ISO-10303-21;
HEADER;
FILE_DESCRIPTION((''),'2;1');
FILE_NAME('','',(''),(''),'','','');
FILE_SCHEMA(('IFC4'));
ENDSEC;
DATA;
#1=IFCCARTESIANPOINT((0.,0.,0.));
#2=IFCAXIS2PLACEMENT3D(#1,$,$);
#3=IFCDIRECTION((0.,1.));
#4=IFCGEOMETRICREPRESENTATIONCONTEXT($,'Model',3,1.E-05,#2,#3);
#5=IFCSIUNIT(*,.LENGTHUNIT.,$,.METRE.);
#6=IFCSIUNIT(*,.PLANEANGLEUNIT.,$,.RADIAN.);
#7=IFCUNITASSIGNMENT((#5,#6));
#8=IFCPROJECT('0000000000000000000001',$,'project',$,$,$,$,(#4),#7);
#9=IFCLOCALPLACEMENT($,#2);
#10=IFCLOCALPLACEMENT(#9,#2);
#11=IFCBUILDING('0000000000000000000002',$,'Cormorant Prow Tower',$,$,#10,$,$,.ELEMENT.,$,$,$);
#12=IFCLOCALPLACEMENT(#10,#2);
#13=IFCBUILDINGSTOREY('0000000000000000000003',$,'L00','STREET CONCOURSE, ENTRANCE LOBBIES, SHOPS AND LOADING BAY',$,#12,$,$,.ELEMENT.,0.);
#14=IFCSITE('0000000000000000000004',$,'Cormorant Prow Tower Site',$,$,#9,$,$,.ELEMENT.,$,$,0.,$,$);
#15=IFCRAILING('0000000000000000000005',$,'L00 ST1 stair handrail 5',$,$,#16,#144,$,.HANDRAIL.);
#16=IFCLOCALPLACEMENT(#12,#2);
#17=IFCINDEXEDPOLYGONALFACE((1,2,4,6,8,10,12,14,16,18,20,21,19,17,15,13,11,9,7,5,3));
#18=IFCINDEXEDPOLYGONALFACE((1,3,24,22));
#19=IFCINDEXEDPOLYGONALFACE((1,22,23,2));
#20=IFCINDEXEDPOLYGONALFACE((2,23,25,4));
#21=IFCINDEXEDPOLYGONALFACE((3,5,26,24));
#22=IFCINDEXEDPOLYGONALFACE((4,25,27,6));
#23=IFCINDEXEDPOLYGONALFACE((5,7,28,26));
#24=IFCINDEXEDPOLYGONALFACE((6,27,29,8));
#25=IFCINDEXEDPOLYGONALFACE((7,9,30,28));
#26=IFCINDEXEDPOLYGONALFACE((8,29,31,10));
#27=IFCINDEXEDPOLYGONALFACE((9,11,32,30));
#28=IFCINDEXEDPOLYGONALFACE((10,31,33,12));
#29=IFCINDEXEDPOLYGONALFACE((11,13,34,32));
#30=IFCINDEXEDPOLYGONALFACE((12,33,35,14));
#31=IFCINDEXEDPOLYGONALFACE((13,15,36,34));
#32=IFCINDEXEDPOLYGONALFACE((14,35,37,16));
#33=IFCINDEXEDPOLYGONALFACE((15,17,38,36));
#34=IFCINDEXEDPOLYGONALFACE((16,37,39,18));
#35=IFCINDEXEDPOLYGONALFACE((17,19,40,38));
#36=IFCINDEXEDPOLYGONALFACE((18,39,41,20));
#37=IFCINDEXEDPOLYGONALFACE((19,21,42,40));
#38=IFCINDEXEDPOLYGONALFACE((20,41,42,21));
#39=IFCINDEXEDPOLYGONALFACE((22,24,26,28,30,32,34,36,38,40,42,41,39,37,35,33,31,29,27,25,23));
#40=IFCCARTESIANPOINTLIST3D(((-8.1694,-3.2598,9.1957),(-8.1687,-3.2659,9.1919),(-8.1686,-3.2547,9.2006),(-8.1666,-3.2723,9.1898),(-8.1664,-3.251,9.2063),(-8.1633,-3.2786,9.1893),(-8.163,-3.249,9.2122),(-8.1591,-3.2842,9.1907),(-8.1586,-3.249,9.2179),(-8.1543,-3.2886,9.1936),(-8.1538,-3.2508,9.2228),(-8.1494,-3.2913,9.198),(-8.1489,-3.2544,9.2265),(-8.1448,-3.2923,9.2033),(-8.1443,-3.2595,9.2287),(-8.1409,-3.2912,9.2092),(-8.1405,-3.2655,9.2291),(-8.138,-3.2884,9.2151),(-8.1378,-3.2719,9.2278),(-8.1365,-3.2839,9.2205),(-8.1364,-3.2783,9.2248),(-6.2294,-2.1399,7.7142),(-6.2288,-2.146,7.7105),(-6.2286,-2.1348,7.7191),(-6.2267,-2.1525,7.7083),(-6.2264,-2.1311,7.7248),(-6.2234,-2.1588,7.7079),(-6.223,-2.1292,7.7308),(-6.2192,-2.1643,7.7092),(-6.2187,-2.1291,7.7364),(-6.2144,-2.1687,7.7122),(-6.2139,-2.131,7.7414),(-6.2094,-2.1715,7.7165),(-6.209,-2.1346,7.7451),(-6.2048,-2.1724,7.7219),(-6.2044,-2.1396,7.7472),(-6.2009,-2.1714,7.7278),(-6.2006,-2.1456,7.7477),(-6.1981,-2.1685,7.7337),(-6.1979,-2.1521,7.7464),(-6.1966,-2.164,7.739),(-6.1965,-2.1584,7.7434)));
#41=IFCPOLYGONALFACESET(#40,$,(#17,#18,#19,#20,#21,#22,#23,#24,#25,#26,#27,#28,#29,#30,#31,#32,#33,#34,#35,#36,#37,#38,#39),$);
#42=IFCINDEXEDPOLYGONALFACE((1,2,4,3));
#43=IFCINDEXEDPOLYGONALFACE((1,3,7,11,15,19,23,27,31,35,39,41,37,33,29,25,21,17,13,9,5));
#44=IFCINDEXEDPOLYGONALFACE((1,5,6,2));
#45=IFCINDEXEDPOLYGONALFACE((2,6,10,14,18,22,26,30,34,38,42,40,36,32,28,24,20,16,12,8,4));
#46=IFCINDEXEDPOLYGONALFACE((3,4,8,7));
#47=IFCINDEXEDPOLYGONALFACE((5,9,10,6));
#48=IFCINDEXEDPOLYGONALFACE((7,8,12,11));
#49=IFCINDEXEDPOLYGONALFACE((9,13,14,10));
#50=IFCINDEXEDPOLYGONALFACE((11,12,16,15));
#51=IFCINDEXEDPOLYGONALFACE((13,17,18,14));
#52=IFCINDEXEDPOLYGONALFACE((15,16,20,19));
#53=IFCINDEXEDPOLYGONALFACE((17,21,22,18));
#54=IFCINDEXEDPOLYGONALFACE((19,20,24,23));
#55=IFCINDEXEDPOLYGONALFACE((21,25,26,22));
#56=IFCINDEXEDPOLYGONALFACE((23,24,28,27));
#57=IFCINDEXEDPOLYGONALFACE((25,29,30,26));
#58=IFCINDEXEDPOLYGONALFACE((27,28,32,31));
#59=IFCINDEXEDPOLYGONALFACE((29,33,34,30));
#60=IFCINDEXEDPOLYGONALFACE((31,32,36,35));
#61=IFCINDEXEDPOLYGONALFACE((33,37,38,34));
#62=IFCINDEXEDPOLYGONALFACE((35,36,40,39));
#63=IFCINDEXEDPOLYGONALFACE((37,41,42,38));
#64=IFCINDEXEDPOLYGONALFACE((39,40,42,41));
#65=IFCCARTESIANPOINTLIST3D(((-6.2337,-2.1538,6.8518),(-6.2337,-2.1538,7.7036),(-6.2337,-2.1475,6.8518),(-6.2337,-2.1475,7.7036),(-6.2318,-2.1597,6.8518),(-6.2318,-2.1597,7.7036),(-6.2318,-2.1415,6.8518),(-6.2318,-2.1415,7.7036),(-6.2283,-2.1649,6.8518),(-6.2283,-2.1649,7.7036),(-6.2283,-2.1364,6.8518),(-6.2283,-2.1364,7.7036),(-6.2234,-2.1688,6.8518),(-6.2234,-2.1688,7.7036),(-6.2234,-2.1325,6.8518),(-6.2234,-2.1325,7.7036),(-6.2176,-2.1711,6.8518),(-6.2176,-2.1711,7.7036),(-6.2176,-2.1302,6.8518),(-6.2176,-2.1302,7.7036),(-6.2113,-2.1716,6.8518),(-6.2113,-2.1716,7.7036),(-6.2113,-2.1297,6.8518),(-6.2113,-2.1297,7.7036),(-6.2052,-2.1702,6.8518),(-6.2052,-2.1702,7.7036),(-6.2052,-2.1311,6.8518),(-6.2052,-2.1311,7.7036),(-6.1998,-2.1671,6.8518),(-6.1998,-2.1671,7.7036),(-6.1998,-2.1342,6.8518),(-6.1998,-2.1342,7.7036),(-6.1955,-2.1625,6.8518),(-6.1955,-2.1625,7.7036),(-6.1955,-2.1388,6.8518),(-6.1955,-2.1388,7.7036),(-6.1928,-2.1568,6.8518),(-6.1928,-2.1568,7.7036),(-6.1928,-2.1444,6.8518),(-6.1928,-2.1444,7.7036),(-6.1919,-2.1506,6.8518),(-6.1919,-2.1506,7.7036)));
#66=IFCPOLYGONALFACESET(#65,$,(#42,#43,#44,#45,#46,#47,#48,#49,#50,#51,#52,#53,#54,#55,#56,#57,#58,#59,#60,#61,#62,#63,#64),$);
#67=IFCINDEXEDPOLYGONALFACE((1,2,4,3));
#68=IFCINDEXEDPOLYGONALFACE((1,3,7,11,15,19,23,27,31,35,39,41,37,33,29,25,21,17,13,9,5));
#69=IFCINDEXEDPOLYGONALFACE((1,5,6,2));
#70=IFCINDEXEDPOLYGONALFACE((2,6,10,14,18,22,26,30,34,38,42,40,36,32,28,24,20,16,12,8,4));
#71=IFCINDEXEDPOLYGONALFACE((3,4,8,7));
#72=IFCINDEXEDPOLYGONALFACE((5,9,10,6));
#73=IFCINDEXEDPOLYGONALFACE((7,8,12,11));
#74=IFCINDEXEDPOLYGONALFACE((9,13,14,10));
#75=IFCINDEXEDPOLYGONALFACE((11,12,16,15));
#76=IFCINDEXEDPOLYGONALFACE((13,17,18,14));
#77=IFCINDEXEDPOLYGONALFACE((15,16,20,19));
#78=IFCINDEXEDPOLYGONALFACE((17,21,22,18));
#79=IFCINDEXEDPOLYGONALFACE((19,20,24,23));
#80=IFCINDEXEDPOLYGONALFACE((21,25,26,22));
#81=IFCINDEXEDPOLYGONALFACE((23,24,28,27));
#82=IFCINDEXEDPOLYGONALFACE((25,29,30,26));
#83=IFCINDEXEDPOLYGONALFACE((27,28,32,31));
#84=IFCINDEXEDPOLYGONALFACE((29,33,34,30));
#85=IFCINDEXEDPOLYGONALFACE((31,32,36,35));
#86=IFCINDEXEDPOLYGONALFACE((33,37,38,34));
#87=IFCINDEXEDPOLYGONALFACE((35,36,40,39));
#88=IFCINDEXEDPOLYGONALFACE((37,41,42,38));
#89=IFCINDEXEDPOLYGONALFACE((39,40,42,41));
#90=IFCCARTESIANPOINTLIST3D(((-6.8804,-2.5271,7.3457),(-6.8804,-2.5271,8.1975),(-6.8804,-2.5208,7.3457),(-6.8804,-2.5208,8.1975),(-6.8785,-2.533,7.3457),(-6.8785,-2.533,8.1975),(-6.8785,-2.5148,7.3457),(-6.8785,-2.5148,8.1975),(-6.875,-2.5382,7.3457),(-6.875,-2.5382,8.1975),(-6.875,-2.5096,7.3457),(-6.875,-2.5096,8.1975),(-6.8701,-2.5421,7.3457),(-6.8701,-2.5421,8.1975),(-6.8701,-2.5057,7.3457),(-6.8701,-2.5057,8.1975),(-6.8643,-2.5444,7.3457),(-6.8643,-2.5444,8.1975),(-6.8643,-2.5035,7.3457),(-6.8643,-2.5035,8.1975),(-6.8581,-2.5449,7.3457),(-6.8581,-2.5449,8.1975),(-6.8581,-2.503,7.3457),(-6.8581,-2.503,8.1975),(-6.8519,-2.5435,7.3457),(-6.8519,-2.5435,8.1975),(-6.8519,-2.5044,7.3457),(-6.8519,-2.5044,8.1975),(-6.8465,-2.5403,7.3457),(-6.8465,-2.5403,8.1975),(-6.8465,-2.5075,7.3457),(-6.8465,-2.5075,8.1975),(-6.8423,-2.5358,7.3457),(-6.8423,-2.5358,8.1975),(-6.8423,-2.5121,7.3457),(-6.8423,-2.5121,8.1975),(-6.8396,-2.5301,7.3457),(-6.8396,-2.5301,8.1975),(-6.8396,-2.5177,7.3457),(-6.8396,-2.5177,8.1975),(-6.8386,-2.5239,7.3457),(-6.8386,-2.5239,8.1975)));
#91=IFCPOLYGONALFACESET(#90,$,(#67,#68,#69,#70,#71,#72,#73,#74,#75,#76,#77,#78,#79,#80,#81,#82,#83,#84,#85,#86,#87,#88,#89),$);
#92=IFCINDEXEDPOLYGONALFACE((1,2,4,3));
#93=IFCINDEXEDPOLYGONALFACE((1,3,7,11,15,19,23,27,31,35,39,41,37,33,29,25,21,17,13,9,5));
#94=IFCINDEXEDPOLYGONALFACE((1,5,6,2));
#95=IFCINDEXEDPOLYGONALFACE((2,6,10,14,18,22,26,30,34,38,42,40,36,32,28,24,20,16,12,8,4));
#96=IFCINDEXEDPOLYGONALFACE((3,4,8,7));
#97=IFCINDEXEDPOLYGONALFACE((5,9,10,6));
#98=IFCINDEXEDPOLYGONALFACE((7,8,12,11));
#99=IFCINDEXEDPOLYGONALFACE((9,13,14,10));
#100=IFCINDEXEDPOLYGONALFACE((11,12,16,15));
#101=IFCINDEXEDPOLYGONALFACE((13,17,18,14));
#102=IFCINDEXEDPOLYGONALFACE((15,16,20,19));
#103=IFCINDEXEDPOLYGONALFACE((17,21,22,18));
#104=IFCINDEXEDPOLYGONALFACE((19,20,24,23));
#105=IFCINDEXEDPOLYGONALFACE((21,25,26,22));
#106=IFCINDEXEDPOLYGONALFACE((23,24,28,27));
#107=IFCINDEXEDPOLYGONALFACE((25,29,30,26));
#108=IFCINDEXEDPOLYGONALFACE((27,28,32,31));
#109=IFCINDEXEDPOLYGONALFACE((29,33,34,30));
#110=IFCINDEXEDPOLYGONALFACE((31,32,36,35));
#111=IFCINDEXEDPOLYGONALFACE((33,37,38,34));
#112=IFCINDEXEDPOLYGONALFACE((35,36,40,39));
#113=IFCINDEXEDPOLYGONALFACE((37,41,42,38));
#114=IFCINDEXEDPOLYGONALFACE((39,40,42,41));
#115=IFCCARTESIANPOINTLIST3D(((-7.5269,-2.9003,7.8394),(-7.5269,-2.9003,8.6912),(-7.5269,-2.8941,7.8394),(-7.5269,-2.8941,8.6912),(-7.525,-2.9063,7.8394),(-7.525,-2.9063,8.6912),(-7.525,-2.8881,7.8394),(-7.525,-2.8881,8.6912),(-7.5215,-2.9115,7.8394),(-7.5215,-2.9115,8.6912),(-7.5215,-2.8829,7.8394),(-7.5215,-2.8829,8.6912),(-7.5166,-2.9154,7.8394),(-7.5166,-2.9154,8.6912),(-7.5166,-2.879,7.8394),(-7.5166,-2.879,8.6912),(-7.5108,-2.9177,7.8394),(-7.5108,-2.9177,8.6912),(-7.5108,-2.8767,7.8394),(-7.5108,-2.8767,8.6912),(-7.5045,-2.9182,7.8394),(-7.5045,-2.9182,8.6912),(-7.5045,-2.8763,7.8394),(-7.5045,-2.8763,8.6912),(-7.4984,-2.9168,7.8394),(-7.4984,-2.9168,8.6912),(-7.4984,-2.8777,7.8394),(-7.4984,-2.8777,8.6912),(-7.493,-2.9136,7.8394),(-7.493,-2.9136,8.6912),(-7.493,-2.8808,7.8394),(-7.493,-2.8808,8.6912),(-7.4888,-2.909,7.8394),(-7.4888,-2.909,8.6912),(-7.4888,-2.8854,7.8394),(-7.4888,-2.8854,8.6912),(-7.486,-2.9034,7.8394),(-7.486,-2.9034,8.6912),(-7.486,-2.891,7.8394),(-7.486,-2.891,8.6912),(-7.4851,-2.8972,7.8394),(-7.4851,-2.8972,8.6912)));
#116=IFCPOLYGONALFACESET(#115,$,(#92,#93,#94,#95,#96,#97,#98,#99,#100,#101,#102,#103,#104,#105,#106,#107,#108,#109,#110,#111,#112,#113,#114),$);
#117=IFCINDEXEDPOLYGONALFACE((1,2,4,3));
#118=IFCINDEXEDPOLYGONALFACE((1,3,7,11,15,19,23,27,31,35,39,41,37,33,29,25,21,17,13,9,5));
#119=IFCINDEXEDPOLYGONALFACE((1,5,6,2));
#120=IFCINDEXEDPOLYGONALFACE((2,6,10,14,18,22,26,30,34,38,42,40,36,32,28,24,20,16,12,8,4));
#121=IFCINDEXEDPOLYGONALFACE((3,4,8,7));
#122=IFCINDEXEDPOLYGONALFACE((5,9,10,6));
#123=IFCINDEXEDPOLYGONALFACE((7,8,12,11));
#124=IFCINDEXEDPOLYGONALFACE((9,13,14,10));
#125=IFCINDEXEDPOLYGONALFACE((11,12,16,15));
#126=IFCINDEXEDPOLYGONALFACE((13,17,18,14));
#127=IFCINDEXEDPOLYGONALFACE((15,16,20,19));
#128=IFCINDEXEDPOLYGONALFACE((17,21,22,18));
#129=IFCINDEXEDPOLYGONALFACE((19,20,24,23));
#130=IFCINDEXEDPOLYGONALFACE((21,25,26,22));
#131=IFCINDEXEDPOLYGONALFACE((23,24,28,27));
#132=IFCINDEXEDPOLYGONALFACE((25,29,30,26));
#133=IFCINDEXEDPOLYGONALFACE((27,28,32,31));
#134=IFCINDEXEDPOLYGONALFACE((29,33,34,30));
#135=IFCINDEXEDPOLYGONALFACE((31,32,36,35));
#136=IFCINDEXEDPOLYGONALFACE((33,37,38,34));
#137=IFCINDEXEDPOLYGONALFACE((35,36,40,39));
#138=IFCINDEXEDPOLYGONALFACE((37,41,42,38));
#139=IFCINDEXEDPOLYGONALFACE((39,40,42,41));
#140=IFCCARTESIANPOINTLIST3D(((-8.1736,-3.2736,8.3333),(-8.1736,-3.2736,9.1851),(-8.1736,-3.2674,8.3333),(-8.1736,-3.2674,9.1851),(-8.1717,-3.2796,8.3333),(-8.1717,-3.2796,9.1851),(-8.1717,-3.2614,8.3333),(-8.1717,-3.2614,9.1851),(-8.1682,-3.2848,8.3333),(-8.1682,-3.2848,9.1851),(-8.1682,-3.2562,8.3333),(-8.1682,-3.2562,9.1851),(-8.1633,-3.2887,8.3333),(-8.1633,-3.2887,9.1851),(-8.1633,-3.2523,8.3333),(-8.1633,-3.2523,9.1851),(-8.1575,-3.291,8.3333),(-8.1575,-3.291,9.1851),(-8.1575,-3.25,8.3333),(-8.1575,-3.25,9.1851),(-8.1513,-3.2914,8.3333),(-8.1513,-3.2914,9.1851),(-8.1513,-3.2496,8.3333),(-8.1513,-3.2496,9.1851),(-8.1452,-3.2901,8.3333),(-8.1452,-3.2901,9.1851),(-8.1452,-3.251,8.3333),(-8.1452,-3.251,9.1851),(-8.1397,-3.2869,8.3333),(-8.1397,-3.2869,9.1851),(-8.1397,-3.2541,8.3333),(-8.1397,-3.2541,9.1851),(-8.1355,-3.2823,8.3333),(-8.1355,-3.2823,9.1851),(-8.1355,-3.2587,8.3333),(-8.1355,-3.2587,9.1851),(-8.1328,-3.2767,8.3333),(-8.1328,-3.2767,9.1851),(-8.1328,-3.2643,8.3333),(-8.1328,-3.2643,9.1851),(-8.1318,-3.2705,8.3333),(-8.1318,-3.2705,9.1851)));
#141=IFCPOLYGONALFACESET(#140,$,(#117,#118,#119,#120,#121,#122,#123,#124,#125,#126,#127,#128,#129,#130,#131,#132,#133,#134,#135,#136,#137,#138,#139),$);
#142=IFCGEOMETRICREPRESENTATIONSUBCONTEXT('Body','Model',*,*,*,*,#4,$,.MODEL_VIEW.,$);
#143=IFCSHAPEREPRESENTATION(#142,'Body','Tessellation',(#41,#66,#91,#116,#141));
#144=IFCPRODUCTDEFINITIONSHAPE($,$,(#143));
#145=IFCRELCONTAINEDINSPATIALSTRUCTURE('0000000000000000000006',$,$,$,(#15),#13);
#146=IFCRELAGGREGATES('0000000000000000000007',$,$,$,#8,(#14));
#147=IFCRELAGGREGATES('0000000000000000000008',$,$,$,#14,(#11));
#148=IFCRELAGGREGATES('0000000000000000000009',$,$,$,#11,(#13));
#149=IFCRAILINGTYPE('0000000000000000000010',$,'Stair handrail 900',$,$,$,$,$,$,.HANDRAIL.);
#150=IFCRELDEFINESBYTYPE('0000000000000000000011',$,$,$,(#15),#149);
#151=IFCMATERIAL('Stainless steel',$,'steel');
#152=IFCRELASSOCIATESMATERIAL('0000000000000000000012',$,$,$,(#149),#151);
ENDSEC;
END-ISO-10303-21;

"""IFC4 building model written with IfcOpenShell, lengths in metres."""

from ifc_helpers import new_model, si_unit, direction, frame, origin, origin_2d, place, context, subcontext, project, spatial, circle, extrude, material, type_object, element, save


model = new_model("IFC4")

# Units and contexts
model_context = context("Model", 3, precision=1e-05, world=origin(), true_north=direction((0.0, 1.0)))
body_context = subcontext(model_context, "Body", "Model", "MODEL_VIEW")
ifc_project = project(units=[si_unit("LENGTHUNIT", "METRE"), si_unit("PLANEANGLEUNIT", "RADIAN")], contexts=[model_context])

# Site, building, storey
site_placement = place(None, origin())
site = spatial("IfcSite", under=ifc_project, at=site_placement, Name="Cormorant Prow Tower Site", CompositionType="ELEMENT", RefElevation=0.0)
building_placement = place(site_placement, origin())
building = spatial("IfcBuilding", under=site, at=building_placement, Name="Cormorant Prow Tower", CompositionType="ELEMENT")
storey_placement = place(building_placement, origin())
storey = spatial("IfcBuildingStorey", under=building, at=storey_placement, Name="L00", Description="STREET CONCOURSE, ENTRANCE LOBBIES, SHOPS AND LOADING BAY", CompositionType="ELEMENT", Elevation=0.0)

# Railing
ifc_material_1 = material(Name="Stainless steel", Category="steel")
railing_type_1 = type_object("IfcRailingType", Name="Stair handrail 900", PredefinedType="HANDRAIL", material=ifc_material_1)
railing_1_placement = place(storey_placement, frame((-6.2129, -2.1506, 6.8518)))
element("IfcRailing", 1, at=railing_1_placement, inside=storey, type_object=railing_type_1, Name="L00 ST1 stair handrail 5", PredefinedType="HANDRAIL", context=body_context, shape_type="SweptSolid", body=[
    extrude(circle(Radius=0.0239, at=origin_2d()), frame((0.0, 0.0, 0.876), z_axis=(-0.722363, -0.417, 0.551636), x_axis=(0.499949, -0.866055, 0.0)), (0.0, 0.0, 1.0), 2.6855),
    extrude(circle(Radius=0.021, at=origin_2d()), origin(), (0.0, 0.0, 1.0), 0.8518),
    extrude(circle(Radius=0.021, at=origin_2d()), frame((-0.6467, -0.3733, 0.4939)), (0.0, 0.0, 1.0), 0.8518),
    extrude(circle(Radius=0.021, at=origin_2d()), frame((-1.2932, -0.7466, 0.9875)), (0.0, 0.0, 1.0), 0.8518),
    extrude(circle(Radius=0.021, at=origin_2d()), frame((-1.9399, -1.1199, 1.4814)), (0.0, 0.0, 1.0), 0.8518),
])

save(model, "model.ifc")
